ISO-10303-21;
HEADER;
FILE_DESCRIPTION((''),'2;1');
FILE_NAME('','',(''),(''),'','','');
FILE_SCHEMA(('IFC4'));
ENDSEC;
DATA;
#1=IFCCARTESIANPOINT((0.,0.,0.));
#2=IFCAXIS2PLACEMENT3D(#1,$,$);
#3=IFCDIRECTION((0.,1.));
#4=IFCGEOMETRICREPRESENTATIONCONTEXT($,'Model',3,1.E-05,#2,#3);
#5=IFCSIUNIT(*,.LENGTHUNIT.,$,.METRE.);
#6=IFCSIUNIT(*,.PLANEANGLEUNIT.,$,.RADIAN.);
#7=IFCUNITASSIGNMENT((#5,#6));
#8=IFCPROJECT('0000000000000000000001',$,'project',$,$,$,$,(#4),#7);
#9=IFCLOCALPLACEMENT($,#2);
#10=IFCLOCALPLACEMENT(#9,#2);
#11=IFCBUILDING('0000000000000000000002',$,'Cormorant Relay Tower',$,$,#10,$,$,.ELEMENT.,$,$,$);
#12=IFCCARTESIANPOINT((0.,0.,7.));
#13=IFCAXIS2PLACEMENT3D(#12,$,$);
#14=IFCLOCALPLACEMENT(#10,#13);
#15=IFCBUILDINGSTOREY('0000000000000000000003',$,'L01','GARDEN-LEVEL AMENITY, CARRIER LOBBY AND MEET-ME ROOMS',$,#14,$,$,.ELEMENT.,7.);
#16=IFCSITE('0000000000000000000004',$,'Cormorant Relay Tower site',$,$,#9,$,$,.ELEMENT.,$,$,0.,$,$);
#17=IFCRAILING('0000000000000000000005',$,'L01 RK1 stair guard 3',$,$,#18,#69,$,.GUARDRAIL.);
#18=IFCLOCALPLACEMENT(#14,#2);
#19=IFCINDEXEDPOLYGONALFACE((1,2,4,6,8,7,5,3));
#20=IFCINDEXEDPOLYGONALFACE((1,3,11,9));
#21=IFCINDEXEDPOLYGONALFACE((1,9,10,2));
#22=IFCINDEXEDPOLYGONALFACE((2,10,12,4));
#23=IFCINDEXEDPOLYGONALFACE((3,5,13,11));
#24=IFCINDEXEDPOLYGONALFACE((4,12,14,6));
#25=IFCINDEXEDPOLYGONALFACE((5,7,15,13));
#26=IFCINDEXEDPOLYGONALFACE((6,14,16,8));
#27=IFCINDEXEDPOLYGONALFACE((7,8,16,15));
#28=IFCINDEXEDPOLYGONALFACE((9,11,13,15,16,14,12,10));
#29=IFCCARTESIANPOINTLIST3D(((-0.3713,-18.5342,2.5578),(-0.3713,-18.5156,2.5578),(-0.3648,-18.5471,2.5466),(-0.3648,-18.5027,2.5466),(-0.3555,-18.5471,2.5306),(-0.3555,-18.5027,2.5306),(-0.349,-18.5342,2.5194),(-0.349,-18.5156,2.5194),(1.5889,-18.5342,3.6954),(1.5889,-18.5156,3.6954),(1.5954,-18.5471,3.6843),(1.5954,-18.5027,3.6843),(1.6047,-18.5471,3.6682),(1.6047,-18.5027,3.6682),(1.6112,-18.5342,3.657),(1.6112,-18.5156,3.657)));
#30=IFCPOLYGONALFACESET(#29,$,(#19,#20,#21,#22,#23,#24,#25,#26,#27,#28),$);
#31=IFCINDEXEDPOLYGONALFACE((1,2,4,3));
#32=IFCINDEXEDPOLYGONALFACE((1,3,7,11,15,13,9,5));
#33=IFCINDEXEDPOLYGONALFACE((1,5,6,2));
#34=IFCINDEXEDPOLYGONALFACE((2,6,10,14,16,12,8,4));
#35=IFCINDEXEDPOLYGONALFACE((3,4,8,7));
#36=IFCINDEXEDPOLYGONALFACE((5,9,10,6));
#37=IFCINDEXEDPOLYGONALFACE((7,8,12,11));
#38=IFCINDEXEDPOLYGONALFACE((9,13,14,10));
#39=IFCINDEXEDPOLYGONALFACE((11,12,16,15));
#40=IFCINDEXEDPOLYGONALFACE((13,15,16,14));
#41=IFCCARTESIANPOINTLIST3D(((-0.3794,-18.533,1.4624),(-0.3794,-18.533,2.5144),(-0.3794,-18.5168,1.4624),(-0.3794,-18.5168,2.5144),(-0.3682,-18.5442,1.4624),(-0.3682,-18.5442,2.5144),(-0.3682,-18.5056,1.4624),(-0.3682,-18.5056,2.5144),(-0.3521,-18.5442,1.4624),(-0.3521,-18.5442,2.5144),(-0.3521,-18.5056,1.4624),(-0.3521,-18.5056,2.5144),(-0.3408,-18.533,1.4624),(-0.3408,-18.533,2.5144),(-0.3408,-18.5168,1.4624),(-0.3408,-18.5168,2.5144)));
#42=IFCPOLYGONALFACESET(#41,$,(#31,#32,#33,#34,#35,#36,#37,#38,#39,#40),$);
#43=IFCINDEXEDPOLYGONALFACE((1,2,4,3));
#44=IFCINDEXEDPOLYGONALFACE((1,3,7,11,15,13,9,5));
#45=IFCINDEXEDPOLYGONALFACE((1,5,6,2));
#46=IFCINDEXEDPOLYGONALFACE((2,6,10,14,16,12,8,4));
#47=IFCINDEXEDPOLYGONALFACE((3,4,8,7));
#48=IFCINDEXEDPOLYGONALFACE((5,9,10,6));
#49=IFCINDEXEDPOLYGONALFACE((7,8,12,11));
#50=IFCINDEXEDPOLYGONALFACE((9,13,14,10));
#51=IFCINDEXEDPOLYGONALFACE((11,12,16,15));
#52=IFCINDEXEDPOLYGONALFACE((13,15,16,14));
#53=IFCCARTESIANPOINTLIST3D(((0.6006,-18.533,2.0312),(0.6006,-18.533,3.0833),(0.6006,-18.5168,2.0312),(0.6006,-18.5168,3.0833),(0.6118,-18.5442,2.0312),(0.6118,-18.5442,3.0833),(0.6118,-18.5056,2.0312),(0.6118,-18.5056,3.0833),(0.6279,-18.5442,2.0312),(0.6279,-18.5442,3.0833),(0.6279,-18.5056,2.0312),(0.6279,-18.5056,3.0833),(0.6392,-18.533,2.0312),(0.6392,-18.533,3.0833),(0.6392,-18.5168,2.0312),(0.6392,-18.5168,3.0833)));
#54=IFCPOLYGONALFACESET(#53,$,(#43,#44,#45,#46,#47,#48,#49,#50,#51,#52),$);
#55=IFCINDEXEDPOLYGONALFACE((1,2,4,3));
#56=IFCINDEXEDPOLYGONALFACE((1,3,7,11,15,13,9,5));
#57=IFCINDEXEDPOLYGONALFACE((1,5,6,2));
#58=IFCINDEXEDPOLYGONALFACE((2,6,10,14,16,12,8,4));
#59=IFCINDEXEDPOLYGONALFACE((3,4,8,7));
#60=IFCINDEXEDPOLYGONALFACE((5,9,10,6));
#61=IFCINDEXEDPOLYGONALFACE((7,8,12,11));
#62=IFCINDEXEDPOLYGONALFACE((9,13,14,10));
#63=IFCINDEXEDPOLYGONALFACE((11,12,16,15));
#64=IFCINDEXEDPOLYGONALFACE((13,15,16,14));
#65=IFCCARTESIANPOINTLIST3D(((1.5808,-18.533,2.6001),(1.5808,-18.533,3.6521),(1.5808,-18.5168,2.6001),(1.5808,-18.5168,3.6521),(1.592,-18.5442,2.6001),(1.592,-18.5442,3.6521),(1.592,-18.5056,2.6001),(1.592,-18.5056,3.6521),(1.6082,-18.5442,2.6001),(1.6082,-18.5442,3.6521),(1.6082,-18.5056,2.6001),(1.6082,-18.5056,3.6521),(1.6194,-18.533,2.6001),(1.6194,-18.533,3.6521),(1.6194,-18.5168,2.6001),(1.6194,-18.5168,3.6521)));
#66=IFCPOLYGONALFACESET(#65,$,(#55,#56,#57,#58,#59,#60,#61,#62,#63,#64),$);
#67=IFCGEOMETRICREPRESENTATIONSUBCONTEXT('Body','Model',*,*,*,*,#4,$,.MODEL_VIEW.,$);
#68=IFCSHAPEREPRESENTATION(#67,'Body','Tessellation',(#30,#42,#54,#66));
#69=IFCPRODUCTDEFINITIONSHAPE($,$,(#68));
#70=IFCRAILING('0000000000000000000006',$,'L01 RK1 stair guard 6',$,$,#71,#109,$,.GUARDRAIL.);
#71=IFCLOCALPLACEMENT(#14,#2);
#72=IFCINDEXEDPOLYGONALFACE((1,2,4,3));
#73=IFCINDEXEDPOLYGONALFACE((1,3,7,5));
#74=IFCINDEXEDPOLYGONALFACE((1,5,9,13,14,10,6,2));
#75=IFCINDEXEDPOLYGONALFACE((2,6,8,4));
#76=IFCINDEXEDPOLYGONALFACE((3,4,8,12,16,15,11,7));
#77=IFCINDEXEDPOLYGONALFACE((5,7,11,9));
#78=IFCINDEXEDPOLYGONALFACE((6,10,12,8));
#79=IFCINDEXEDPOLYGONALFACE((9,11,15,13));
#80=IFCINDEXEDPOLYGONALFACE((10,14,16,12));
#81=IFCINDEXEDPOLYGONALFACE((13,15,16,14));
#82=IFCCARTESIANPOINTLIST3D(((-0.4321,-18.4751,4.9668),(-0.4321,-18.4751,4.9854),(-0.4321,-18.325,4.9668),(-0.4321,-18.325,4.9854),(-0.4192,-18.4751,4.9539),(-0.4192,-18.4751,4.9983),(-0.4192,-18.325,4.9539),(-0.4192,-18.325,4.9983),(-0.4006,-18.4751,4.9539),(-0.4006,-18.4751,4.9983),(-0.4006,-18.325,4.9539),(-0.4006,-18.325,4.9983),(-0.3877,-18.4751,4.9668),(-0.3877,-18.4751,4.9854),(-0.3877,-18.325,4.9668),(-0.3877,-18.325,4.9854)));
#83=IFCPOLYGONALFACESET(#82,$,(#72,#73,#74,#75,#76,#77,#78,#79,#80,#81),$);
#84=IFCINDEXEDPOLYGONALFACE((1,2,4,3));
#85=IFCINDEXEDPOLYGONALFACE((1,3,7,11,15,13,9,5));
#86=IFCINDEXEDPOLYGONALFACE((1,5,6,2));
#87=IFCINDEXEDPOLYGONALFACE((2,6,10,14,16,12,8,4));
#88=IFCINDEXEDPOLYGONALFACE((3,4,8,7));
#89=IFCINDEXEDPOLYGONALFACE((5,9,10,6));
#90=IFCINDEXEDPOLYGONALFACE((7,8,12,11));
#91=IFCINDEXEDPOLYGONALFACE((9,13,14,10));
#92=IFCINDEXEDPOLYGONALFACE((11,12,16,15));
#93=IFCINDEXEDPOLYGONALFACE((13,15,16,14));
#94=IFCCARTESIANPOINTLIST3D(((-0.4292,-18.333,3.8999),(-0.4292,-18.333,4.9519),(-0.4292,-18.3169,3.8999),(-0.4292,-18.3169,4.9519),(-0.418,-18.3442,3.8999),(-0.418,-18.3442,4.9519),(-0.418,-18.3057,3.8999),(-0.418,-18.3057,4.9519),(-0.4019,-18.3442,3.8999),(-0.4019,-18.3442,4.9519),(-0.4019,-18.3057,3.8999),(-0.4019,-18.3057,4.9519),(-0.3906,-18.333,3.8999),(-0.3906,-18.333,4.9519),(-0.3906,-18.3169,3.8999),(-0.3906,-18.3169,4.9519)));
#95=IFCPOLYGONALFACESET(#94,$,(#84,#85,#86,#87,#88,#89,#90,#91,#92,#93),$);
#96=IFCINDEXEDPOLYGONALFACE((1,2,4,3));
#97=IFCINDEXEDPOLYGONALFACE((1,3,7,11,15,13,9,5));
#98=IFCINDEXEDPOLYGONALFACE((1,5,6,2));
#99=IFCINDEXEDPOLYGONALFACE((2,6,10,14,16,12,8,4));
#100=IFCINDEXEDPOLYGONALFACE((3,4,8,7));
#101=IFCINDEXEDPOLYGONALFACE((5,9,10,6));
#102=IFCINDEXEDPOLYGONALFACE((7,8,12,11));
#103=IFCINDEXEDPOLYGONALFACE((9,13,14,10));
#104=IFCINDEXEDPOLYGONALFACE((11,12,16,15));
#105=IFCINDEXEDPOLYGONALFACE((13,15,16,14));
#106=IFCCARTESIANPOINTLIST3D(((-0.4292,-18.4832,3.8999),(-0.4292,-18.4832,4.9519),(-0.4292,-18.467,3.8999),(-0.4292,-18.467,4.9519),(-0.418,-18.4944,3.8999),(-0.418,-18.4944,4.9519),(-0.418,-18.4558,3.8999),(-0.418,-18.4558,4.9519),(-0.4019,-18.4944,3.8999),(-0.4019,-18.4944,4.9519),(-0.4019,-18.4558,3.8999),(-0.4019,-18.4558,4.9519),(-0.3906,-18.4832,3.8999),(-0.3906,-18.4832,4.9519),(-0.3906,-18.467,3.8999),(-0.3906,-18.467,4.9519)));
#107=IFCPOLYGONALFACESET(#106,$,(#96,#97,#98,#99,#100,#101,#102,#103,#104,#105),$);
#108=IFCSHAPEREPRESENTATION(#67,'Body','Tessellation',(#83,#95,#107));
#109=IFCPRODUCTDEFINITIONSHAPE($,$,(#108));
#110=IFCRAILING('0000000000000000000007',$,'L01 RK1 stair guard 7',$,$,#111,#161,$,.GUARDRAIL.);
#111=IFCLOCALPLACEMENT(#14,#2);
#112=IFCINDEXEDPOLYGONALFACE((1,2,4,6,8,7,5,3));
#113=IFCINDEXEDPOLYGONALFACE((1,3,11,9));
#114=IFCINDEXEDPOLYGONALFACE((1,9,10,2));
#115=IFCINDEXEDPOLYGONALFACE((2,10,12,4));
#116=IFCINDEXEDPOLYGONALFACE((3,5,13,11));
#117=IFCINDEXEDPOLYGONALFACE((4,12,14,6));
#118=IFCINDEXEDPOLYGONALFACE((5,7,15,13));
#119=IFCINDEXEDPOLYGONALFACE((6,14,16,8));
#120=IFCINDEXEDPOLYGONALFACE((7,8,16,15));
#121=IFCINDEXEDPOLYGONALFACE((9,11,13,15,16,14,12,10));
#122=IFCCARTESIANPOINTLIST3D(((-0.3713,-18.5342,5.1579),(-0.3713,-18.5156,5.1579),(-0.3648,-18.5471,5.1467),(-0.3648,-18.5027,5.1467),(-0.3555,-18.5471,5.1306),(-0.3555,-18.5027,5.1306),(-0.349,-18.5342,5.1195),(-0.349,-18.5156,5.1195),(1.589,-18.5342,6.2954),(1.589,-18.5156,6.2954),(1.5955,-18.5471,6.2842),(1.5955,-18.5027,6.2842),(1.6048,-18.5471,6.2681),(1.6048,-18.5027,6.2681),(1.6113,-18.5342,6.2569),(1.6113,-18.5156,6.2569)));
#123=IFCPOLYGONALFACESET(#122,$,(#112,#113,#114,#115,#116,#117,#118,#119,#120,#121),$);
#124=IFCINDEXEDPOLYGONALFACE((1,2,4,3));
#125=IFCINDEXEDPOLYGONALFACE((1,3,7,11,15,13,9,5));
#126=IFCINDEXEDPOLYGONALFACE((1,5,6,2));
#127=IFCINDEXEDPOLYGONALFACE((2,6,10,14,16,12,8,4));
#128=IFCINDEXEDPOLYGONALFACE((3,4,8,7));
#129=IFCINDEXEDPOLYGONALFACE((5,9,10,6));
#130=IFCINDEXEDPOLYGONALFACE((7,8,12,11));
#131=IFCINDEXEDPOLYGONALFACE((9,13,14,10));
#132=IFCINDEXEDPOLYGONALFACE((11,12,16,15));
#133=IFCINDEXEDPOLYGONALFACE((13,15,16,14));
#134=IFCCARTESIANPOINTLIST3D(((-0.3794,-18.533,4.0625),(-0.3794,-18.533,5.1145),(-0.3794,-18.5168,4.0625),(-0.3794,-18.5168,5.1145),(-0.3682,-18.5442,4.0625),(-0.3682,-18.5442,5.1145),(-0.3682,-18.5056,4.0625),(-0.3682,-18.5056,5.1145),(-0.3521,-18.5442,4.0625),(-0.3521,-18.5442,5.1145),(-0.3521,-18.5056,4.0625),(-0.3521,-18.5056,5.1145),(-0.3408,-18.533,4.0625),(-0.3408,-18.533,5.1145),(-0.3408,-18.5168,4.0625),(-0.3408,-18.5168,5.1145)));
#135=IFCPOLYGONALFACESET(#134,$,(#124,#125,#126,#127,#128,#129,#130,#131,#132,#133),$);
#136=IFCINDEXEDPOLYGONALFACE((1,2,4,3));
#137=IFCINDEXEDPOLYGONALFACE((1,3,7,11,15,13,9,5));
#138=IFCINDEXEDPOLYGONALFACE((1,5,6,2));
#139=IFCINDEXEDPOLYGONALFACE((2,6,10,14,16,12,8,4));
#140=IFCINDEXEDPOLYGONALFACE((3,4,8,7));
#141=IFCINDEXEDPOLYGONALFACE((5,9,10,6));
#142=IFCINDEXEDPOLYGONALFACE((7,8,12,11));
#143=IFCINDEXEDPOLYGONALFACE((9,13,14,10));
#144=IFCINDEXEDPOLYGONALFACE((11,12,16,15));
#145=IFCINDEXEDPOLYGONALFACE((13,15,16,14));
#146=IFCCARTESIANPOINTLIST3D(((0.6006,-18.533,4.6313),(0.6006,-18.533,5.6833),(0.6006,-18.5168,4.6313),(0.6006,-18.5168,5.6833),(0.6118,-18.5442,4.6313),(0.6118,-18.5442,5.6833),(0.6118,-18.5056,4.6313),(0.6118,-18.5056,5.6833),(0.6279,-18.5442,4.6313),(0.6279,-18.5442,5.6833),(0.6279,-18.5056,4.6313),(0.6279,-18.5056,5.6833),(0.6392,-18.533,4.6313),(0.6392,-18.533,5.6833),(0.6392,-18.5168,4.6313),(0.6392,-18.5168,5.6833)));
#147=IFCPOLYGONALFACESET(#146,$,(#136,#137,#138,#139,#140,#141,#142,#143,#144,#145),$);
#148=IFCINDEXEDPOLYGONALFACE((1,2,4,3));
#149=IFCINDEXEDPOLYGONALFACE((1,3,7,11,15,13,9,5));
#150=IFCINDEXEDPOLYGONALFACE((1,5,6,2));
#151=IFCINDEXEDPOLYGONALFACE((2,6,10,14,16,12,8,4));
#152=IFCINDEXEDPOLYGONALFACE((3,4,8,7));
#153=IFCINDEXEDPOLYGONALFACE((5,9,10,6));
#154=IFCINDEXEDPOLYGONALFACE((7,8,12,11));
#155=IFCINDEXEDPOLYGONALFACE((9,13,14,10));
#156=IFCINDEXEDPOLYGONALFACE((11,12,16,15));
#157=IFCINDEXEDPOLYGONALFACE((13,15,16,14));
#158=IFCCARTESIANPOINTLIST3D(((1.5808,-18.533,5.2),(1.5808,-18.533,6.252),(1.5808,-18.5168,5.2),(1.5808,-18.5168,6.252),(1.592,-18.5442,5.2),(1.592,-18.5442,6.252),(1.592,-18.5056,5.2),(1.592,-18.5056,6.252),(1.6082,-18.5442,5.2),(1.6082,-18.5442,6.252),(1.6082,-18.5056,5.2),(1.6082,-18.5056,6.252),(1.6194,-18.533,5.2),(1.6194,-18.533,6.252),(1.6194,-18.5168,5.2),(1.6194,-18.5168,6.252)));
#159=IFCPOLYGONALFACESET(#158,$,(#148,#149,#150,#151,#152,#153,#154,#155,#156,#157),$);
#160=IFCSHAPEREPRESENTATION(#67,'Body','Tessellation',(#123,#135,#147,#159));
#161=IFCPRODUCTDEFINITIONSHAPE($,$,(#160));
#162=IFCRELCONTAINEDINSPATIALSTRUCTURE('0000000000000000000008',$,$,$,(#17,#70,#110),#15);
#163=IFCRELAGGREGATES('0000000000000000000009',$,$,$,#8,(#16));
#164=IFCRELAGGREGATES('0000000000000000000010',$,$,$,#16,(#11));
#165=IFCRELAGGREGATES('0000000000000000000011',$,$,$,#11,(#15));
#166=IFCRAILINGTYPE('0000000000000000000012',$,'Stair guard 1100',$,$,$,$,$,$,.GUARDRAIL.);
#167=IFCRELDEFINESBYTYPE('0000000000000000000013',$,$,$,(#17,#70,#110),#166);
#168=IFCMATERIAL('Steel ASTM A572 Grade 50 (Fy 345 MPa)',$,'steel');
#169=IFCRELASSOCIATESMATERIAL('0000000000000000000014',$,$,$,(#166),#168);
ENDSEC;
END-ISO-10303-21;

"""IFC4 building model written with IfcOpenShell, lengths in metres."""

from ifc_helpers import new_model, si_unit, direction, frame, origin, place, context, subcontext, project, spatial, polyline, outline, extrude, material, type_object, element, save


model = new_model("IFC4")

# Units and contexts
model_context = context("Model", 3, precision=1e-05, world=origin(), true_north=direction((0.0, 1.0)))
body_context = subcontext(model_context, "Body", "Model", "MODEL_VIEW")
ifc_project = project(units=[si_unit("LENGTHUNIT", "METRE"), si_unit("PLANEANGLEUNIT", "RADIAN")], contexts=[model_context])

# Site, building, storey
site_placement = place(None, origin())
site = spatial("IfcSite", under=ifc_project, at=site_placement, Name="Cormorant Relay Tower site", CompositionType="ELEMENT", RefElevation=0.0)
building_placement = place(site_placement, origin())
building = spatial("IfcBuilding", under=site, at=building_placement, Name="Cormorant Relay Tower", CompositionType="ELEMENT")
storey_placement = place(building_placement, frame((0.0, 0.0, 7.0)))
storey = spatial("IfcBuildingStorey", under=building, at=storey_placement, Name="L01", Description="GARDEN-LEVEL AMENITY, CARRIER LOBBY AND MEET-ME ROOMS", CompositionType="ELEMENT", Elevation=7.0)

# Railings
ifc_material_1 = material(Name="Steel ASTM A572 Grade 50 (Fy 345 MPa)", Category="steel")
railing_type_1 = type_object("IfcRailingType", Name="Stair guard 1100", PredefinedType="GUARDRAIL", material=ifc_material_1)
railing_1_placement = place(storey_placement, frame((-0.3601, -18.5249, 1.4624)))
element("IfcRailing", 1, at=railing_1_placement, inside=storey, type_object=railing_type_1, Name="L01 RK1 stair guard 3", PredefinedType="GUARDRAIL", context=body_context, shape_type="SweptSolid", body=[
    extrude(outline(polyline([(0.0222, 0.0093), (0.0093, 0.0222), (-0.0093, 0.0222), (-0.0222, 0.0093), (-0.0222, -0.0093), (-0.0093, -0.0222), (0.0093, -0.0222), (0.0222, -0.0093), (0.0222, 0.0093)])), frame((0.0, 0.0, 1.0762), z_axis=(0.864882, 0.0, 0.501974), x_axis=(0.0, 1.0, 0.0)), (0.0, 0.0, 1.0), 2.2664),
    extrude(outline(polyline([(0.0193, 0.0081), (0.0081, 0.0193), (-0.0081, 0.0193), (-0.0193, 0.0081), (-0.0193, -0.0081), (-0.0081, -0.0193), (0.0081, -0.0193), (0.0193, -0.0081), (0.0193, 0.0081)])), origin(), (0.0, 0.0, 1.0), 1.052),
    extrude(outline(polyline([(0.0193, 0.0081), (0.0081, 0.0193), (-0.0081, 0.0193), (-0.0193, 0.0081), (-0.0193, -0.0081), (-0.0081, -0.0193), (0.0081, -0.0193), (0.0193, -0.0081), (0.0193, 0.0081)])), frame((0.98, 0.0, 0.5688)), (0.0, 0.0, 1.0), 1.052),
    extrude(outline(polyline([(0.0193, 0.0081), (0.0081, 0.0193), (-0.0081, 0.0193), (-0.0193, 0.0081), (-0.0193, -0.0081), (-0.0081, -0.0193), (0.0081, -0.0193), (0.0193, -0.0081), (0.0193, 0.0081)])), frame((1.9602, 0.0, 1.1377)), (0.0, 0.0, 1.0), 1.052),
])
railing_2_placement = place(storey_placement, frame((-0.4099, -18.325, 3.8999)))
element("IfcRailing", 2, at=railing_2_placement, inside=storey, type_object=railing_type_1, Name="L01 RK1 stair guard 6", PredefinedType="GUARDRAIL", context=body_context, shape_type="SweptSolid", body=[
    extrude(outline(polyline([(0.0222, 0.0093), (0.0093, 0.0222), (-0.0093, 0.0222), (-0.0222, 0.0093), (-0.0222, -0.0093), (-0.0093, -0.0222), (0.0093, -0.0222), (0.0222, -0.0093), (0.0222, 0.0093)])), frame((0.0, 0.0, 1.0762), z_axis=(0.0, -1.0, 0.0), x_axis=(1.0, 0.0, 0.0)), (0.0, 0.0, 1.0), 0.1501),
    extrude(outline(polyline([(0.0193, 0.0081), (0.0081, 0.0193), (-0.0081, 0.0193), (-0.0193, 0.0081), (-0.0193, -0.0081), (-0.0081, -0.0193), (0.0081, -0.0193), (0.0193, -0.0081), (0.0193, 0.0081)])), origin(), (0.0, 0.0, 1.0), 1.052),
    extrude(outline(polyline([(0.0193, 0.0081), (0.0081, 0.0193), (-0.0081, 0.0193), (-0.0193, 0.0081), (-0.0193, -0.0081), (-0.0081, -0.0193), (0.0081, -0.0193), (0.0193, -0.0081), (0.0193, 0.0081)])), frame((0.0, -0.1501, 0.0)), (0.0, 0.0, 1.0), 1.052),
])
railing_3_placement = place(storey_placement, frame((-0.3601, -18.5249, 4.0625)))
element("IfcRailing", 3, at=railing_3_placement, inside=storey, type_object=railing_type_1, Name="L01 RK1 stair guard 7", PredefinedType="GUARDRAIL", context=body_context, shape_type="SweptSolid", body=[
    extrude(outline(polyline([(0.0222, 0.0093), (0.0093, 0.0222), (-0.0093, 0.0222), (-0.0222, 0.0093), (-0.0222, -0.0093), (-0.0093, -0.0222), (0.0093, -0.0222), (0.0222, -0.0093), (0.0222, 0.0093)])), frame((0.0, 0.0, 1.0762), z_axis=(0.864929, 0.0, 0.501894), x_axis=(0.0, 1.0, 0.0)), (0.0, 0.0, 1.0), 2.2664),
    extrude(outline(polyline([(0.0193, 0.0081), (0.0081, 0.0193), (-0.0081, 0.0193), (-0.0193, 0.0081), (-0.0193, -0.0081), (-0.0081, -0.0193), (0.0081, -0.0193), (0.0193, -0.0081), (0.0193, 0.0081)])), origin(), (0.0, 0.0, 1.0), 1.052),
    extrude(outline(polyline([(0.0193, 0.0081), (0.0081, 0.0193), (-0.0081, 0.0193), (-0.0193, 0.0081), (-0.0193, -0.0081), (-0.0081, -0.0193), (0.0081, -0.0193), (0.0193, -0.0081), (0.0193, 0.0081)])), frame((0.98, 0.0, 0.5688)), (0.0, 0.0, 1.0), 1.052),
    extrude(outline(polyline([(0.0193, 0.0081), (0.0081, 0.0193), (-0.0081, 0.0193), (-0.0193, 0.0081), (-0.0193, -0.0081), (-0.0081, -0.0193), (0.0081, -0.0193), (0.0193, -0.0081), (0.0193, 0.0081)])), frame((1.9602, 0.0, 1.1375)), (0.0, 0.0, 1.0), 1.052),
])

save(model, "model.ifc")
